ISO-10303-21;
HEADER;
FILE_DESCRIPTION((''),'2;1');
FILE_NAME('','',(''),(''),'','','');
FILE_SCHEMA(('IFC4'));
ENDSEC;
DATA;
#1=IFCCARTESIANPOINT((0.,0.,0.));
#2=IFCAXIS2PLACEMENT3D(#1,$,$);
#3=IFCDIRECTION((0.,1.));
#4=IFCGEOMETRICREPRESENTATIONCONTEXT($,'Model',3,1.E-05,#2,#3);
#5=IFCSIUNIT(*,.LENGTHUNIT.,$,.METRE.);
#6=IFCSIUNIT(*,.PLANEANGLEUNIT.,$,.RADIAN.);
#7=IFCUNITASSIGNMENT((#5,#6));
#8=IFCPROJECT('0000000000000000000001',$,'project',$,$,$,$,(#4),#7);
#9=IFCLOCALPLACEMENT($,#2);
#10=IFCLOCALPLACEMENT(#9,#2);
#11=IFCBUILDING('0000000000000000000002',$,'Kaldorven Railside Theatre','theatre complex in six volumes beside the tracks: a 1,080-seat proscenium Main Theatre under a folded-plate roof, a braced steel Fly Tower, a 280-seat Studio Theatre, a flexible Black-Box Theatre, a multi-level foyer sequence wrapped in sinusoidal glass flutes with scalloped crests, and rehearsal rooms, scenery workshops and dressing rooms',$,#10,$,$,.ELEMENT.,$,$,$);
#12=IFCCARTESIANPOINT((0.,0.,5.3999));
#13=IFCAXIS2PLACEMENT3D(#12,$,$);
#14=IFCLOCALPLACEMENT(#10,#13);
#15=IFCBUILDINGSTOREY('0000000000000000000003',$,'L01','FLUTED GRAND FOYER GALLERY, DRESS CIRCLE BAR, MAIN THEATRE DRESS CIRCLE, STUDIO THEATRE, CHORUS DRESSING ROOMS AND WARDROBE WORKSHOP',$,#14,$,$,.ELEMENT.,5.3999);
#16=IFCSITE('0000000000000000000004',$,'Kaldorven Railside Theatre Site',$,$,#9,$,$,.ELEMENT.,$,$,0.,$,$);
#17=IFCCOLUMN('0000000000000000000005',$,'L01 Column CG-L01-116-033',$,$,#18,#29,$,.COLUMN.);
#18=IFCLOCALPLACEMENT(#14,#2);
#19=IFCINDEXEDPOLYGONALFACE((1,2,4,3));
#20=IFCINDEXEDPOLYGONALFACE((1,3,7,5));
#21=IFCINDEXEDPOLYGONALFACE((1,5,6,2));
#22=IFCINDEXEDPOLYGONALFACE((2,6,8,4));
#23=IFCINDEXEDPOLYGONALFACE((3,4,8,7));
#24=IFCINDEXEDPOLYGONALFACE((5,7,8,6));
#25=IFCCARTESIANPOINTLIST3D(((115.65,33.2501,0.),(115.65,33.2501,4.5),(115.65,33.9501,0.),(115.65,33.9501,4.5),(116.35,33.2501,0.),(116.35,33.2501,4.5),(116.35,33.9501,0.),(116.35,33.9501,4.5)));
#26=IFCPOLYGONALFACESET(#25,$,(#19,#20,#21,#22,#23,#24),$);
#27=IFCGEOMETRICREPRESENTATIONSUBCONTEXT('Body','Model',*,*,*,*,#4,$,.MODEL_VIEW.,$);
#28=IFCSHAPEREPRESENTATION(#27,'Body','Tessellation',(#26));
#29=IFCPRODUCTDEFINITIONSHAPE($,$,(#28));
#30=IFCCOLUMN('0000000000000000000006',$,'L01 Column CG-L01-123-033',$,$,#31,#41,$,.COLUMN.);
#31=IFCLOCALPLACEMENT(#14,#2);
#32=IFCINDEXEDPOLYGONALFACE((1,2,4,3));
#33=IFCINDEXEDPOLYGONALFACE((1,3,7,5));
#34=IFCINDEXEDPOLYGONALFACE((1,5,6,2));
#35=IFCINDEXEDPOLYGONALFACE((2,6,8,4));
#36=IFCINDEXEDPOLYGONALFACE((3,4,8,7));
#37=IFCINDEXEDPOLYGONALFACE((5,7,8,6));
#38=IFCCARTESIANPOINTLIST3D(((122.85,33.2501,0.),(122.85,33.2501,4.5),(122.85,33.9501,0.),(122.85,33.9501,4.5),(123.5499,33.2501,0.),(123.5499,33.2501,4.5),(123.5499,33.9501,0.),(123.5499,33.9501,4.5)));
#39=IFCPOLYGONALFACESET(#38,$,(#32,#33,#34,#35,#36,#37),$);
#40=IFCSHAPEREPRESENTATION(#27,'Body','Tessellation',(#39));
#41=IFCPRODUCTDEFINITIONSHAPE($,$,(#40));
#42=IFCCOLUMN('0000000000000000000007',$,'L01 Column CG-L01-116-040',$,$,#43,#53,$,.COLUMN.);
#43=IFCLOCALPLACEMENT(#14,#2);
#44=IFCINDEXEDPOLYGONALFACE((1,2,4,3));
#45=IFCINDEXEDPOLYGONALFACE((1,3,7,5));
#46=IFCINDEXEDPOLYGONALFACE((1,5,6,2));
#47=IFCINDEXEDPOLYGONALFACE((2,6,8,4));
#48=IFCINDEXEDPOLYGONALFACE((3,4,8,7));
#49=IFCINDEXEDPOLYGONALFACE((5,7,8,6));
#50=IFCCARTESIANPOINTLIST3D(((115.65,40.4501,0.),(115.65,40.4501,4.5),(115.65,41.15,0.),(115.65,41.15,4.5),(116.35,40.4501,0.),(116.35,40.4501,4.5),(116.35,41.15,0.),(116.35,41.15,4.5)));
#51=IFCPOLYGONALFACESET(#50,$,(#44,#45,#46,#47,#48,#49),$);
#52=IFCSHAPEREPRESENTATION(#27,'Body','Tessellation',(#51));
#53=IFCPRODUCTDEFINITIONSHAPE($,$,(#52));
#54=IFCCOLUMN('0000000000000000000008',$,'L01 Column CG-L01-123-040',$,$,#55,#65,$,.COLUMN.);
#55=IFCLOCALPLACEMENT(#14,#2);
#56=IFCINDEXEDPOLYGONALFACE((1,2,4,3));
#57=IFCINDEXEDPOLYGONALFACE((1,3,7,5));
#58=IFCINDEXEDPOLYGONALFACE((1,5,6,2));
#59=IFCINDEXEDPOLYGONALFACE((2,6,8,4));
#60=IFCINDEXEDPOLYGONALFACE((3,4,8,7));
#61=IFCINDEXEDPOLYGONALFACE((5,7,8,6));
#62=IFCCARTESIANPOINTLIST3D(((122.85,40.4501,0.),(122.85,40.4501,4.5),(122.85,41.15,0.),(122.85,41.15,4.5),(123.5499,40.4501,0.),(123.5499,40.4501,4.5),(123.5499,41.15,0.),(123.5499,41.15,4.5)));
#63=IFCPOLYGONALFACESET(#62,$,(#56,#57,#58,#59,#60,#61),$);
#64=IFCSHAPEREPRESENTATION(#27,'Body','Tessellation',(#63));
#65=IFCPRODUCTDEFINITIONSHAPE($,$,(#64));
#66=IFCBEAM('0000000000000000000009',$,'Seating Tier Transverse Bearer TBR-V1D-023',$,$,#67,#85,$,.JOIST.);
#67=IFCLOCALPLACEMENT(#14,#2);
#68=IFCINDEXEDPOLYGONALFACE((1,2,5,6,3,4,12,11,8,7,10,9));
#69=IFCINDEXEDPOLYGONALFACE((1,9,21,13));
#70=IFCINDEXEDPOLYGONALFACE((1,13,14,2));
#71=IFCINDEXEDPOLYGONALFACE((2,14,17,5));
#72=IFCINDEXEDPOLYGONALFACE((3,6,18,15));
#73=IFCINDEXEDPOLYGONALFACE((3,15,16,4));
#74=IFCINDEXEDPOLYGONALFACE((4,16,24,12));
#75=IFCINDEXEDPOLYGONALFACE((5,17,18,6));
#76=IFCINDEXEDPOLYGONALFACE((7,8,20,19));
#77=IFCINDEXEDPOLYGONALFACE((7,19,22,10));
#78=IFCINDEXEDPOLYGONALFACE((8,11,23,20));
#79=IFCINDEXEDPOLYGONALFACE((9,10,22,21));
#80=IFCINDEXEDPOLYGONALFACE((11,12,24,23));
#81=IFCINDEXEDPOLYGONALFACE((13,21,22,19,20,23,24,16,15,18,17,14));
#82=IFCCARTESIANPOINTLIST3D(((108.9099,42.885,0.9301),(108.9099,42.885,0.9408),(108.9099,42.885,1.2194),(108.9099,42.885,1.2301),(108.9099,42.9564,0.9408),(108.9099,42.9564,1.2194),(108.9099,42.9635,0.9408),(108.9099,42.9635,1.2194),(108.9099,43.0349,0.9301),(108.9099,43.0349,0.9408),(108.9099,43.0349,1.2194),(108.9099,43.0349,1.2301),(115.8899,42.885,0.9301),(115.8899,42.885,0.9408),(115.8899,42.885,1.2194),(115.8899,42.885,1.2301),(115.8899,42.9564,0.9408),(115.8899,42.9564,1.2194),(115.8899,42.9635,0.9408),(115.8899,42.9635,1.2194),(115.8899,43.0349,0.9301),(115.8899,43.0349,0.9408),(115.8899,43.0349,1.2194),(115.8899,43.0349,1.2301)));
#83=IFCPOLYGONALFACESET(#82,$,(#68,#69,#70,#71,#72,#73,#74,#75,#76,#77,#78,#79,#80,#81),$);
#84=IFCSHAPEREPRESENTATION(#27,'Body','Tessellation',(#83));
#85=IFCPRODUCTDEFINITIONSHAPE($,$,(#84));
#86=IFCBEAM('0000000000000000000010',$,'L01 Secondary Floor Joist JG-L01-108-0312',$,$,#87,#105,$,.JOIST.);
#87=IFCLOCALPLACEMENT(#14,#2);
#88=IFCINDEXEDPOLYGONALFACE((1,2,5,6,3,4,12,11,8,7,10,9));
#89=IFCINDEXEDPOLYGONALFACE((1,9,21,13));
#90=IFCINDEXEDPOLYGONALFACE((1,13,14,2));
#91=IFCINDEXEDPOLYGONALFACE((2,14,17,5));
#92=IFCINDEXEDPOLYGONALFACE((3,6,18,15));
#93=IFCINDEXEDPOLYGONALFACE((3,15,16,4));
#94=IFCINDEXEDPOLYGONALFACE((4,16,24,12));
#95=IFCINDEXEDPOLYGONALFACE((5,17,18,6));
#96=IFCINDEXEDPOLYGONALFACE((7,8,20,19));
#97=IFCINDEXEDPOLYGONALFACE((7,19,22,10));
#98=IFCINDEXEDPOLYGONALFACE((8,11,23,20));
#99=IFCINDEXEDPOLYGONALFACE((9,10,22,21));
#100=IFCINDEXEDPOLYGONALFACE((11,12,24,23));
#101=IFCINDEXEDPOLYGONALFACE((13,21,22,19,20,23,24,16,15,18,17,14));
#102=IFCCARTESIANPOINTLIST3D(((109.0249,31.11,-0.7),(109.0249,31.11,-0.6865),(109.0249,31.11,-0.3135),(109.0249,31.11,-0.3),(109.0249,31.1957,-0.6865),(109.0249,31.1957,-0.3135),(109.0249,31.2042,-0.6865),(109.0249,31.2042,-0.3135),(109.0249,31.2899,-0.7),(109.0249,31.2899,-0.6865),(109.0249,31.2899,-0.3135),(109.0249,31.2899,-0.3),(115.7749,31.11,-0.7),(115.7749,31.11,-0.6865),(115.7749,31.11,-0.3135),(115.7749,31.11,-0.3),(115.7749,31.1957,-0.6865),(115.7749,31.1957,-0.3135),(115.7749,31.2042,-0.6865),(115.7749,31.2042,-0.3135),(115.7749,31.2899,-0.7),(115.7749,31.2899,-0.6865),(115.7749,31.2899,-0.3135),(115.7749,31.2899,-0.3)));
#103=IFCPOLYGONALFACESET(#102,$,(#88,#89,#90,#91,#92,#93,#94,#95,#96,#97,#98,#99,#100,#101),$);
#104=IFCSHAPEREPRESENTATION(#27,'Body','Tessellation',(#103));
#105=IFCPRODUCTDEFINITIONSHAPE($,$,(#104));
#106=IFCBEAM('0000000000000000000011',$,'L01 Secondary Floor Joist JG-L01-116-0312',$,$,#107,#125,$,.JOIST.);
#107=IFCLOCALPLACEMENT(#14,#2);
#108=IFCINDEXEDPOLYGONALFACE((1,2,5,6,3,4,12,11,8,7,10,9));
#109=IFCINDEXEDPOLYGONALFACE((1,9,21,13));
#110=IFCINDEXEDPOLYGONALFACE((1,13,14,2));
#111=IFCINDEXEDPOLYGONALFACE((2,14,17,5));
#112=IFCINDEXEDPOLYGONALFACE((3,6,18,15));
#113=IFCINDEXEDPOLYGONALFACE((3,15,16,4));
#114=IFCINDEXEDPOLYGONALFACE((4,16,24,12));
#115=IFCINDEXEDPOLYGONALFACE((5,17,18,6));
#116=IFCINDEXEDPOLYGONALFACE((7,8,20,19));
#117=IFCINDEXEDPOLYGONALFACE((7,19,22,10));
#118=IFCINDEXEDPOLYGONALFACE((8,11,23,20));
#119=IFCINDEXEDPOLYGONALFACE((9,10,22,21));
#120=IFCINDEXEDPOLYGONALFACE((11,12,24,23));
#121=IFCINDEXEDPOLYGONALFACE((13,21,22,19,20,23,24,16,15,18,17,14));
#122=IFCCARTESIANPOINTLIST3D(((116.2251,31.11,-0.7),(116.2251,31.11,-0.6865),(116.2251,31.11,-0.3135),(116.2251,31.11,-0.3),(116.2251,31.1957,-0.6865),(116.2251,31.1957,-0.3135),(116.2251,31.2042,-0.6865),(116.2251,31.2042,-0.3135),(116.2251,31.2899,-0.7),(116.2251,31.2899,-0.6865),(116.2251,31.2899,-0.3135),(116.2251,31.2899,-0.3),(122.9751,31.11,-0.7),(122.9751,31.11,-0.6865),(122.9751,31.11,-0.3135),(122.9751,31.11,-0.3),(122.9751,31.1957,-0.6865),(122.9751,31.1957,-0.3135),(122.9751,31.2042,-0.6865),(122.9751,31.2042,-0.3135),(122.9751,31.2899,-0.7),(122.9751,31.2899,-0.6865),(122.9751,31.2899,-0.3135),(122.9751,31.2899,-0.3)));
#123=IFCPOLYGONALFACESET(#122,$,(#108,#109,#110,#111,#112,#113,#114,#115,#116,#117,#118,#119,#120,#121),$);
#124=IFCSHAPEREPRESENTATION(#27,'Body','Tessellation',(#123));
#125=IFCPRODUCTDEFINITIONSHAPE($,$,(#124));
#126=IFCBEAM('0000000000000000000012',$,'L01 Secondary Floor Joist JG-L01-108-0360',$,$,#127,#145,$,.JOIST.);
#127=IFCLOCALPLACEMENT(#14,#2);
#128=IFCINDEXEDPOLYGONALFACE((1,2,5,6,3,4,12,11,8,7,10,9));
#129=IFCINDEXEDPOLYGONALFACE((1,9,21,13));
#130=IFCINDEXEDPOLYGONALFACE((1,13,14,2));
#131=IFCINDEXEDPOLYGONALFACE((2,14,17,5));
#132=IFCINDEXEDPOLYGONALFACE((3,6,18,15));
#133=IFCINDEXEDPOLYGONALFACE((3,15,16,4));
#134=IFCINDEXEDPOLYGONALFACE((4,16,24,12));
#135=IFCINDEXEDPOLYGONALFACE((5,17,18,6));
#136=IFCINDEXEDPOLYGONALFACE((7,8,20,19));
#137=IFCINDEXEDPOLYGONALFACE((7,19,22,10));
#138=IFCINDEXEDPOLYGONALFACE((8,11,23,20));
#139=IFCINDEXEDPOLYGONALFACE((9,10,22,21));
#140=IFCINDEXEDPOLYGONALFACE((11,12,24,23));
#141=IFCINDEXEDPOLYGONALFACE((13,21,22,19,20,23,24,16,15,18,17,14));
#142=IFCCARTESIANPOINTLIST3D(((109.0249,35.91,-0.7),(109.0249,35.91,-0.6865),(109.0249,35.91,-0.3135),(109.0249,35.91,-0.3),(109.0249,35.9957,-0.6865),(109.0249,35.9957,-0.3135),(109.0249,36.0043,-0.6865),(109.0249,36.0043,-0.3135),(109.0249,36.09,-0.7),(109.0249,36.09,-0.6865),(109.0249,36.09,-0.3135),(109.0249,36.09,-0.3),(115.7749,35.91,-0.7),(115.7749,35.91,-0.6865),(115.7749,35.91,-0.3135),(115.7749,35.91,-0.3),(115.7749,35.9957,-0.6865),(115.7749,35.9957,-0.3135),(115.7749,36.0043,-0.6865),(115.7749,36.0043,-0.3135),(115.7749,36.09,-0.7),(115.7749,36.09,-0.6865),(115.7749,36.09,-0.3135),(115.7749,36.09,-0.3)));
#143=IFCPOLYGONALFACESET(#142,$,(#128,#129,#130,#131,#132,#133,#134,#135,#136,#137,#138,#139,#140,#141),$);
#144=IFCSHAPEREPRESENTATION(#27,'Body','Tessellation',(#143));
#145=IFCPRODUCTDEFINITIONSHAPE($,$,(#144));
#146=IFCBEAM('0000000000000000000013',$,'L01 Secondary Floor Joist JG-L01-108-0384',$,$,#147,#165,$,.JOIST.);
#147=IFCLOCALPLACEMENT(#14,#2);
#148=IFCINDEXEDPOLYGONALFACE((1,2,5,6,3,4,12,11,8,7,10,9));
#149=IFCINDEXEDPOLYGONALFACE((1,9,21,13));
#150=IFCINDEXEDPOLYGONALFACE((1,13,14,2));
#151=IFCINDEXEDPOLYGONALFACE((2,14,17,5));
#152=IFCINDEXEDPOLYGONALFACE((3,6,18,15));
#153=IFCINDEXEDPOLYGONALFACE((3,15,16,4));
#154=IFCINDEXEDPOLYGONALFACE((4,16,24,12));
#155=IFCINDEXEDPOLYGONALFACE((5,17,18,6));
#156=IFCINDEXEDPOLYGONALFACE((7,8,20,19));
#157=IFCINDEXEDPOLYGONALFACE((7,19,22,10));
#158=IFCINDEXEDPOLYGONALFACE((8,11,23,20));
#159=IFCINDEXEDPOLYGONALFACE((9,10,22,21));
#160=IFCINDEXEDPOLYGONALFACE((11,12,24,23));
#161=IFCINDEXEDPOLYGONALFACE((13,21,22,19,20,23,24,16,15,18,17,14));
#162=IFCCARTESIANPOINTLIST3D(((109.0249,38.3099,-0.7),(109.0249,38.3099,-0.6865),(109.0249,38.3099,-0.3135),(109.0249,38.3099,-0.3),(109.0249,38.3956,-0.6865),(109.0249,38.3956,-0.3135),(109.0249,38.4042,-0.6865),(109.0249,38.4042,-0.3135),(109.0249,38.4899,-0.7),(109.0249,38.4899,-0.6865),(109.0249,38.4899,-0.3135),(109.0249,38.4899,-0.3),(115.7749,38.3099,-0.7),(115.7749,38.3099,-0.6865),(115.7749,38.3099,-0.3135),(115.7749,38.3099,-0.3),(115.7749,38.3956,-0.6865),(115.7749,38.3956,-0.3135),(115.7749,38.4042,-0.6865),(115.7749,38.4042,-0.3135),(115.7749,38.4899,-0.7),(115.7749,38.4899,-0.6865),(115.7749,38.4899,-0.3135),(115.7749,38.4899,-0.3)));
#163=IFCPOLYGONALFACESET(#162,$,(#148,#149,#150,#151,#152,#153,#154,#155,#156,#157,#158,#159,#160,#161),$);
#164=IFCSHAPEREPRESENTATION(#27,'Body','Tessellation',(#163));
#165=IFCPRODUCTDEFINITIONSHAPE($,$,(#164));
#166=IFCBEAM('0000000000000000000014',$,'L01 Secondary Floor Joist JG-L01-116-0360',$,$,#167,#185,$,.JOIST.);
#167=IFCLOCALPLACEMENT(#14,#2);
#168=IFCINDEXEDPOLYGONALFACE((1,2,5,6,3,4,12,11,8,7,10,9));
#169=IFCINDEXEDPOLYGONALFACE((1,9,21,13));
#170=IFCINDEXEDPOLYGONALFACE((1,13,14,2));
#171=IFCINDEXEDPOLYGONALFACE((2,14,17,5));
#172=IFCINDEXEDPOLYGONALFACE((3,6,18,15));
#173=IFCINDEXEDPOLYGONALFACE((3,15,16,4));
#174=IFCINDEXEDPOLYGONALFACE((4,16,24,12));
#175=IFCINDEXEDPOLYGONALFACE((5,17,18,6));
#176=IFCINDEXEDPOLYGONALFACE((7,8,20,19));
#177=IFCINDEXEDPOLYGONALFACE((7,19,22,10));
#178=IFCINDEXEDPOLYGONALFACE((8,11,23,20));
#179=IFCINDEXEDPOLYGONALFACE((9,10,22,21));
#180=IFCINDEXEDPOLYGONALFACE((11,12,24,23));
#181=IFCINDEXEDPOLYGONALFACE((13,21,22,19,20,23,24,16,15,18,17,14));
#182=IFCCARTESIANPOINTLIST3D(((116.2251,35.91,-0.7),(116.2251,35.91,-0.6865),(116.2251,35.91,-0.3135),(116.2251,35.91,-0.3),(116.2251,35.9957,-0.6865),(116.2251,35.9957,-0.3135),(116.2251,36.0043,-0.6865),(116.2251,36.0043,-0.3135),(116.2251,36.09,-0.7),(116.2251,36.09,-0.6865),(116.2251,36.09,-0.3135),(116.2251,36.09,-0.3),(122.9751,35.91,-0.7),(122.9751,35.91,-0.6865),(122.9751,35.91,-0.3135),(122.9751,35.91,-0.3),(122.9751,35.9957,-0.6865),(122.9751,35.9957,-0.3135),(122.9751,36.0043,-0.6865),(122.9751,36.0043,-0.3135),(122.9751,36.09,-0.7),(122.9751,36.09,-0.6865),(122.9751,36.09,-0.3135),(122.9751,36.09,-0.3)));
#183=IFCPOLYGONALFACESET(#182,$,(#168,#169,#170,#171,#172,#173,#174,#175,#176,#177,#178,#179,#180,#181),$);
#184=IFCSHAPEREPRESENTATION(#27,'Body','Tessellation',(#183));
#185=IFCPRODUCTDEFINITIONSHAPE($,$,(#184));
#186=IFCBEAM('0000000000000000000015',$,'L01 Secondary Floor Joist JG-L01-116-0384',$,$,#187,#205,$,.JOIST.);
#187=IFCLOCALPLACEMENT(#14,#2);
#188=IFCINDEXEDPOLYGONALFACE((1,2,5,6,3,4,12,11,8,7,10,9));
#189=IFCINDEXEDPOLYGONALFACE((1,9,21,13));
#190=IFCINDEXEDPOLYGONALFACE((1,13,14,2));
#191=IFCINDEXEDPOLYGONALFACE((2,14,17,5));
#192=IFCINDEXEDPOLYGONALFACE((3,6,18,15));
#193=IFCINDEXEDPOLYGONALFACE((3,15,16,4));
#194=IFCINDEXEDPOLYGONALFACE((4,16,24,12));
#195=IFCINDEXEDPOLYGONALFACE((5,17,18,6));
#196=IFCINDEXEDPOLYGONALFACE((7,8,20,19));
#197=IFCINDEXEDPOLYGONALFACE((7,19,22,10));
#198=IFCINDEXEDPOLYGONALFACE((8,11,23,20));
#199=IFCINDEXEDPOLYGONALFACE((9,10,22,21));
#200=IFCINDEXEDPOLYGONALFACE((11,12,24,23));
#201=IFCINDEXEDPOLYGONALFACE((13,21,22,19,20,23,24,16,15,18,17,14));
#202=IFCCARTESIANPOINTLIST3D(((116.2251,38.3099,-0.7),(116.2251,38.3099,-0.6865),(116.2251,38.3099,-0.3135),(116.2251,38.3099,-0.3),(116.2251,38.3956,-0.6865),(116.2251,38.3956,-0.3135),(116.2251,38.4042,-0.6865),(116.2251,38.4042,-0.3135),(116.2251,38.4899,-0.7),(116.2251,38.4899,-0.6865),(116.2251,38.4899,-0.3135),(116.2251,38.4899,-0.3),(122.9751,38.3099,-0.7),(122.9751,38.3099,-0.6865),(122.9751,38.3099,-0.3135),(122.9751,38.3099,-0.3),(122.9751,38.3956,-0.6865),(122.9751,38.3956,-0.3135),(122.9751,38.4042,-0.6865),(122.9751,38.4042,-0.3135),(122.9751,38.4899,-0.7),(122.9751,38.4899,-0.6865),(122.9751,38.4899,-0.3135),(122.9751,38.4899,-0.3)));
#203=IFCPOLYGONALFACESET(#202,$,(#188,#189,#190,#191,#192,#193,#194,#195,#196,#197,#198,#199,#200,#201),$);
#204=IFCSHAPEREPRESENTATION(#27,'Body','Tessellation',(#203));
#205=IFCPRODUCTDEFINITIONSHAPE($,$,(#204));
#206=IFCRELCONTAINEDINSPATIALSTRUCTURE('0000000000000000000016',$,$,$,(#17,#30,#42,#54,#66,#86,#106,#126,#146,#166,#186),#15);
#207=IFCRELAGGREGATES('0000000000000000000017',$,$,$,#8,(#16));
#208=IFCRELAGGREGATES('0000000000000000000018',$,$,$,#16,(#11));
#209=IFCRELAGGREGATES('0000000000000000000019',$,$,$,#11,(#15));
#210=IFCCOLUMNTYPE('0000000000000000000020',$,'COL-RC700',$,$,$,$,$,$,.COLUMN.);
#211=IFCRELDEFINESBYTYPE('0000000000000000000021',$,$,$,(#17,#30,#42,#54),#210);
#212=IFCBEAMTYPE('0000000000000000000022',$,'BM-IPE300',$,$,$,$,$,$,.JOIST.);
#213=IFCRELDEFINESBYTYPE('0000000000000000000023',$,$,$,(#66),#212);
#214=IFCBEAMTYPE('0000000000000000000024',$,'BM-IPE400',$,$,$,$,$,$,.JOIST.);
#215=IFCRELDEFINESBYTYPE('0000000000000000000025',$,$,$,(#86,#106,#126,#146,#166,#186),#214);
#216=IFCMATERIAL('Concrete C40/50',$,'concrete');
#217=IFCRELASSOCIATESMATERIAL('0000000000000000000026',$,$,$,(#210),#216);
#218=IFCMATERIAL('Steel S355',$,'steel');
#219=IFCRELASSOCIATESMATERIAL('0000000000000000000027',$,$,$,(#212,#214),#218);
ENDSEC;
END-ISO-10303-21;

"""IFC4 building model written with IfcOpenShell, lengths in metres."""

from ifc_helpers import new_model, si_unit, direction, frame, origin, origin_2d, place, context, subcontext, project, spatial, rectangle, i_section, extrude, material, material_profile, profile_set, type_object, element, save


model = new_model("IFC4")

# Units and contexts
model_context = context("Model", 3, precision=1e-05, world=origin(), true_north=direction((0.0, 1.0)))
body_context = subcontext(model_context, "Body", "Model", "MODEL_VIEW")
ifc_project = project(units=[si_unit("LENGTHUNIT", "METRE"), si_unit("PLANEANGLEUNIT", "RADIAN")], contexts=[model_context])

# Site, building, storey
site_placement = place(None, origin())
site = spatial("IfcSite", under=ifc_project, at=site_placement, Name="Kaldorven Railside Theatre Site", CompositionType="ELEMENT", RefElevation=0.0)
building_placement = place(site_placement, origin())
building = spatial("IfcBuilding", under=site, at=building_placement, Name="Kaldorven Railside Theatre", Description="theatre complex in six volumes beside the tracks: a 1,080-seat proscenium Main Theatre under a folded-plate roof, a braced steel Fly Tower, a 280-seat Studio Theatre, a flexible Black-Box Theatre, a multi-level foyer sequence wrapped in sinusoidal glass flutes with scalloped crests, and rehearsal rooms, scenery workshops and dressing rooms", CompositionType="ELEMENT")
storey_placement = place(building_placement, frame((0.0, 0.0, 5.3999)))
storey = spatial("IfcBuildingStorey", under=building, at=storey_placement, Name="L01", Description="FLUTED GRAND FOYER GALLERY, DRESS CIRCLE BAR, MAIN THEATRE DRESS CIRCLE, STUDIO THEATRE, CHORUS DRESSING ROOMS AND WARDROBE WORKSHOP", CompositionType="ELEMENT", Elevation=5.3999)

# Columns
ifc_material_1 = material(Name="Concrete C40/50", Category="concrete")
ifc_material_profile_1 = material_profile(ifc_material_1, rectangle(XDim=0.7, YDim=0.7, at=origin_2d()), Name="RC 700x700")
ifc_profile_set_1 = profile_set([ifc_material_profile_1], Name="Concrete C40/50")
column_type = type_object("IfcColumnType", Name="COL-RC700", PredefinedType="COLUMN", material=ifc_profile_set_1)
for number, where, z_axis, x_axis, name in (
    (1, (116.0, 33.6001, 0.0), (0.0, 0.0, 1.0), (0.0, 1.0, 0.0), "L01 Column CG-L01-116-033"),
    (2, (123.2, 33.6001, 0.0), (0.0, 0.0, 1.0), (1.0, 0.0, 0.0), "L01 Column CG-L01-123-033"),
    (3, (116.0, 40.8, 0.0), (0.0, 0.0, 1.0), (1.0, 0.0, 0.0), "L01 Column CG-L01-116-040"),
    (4, (123.2, 40.8, 0.0), (0.0, 0.0, 1.0), (1.0, 0.0, 0.0), "L01 Column CG-L01-123-040"),
):
    element("IfcColumn", number, at=place(storey_placement, frame(where, z_axis=z_axis, x_axis=x_axis)), inside=storey, type_object=column_type, Name=name, PredefinedType="COLUMN", context=body_context, shape_type="SweptSolid", body=[
        extrude(rectangle(XDim=0.7, YDim=0.7, at=origin_2d()), origin(), (0.0, 0.0, 1.0), 4.5),
    ])

# Beams
ifc_material_2 = material(Name="Steel S355", Category="steel")
ifc_material_profile_2 = material_profile(ifc_material_2, i_section(OverallWidth=0.1499, OverallDepth=0.3, WebThickness=0.0071, FlangeThickness=0.0107, at=origin_2d()), Name="IPE 300")
ifc_profile_set_2 = profile_set([ifc_material_profile_2], Name="Steel S355")
beam_type_1 = type_object("IfcBeamType", Name="BM-IPE300", PredefinedType="JOIST", material=ifc_profile_set_2)
beam_1_placement = place(storey_placement, frame((108.9099, 42.96, 1.0801), z_axis=(1.0, 0.0, 0.0), x_axis=(0.0, 1.0, 0.0)))
element("IfcBeam", 5, at=beam_1_placement, inside=storey, type_object=beam_type_1, Name="Seating Tier Transverse Bearer TBR-V1D-023", PredefinedType="JOIST", context=body_context, shape_type="SweptSolid", body=[
    extrude(i_section(OverallWidth=0.1499, OverallDepth=0.3, WebThickness=0.0071, FlangeThickness=0.0107, at=origin_2d()), origin(), (0.0, 0.0, 1.0), 6.98),
])
ifc_material_profile_3 = material_profile(ifc_material_2, i_section(OverallWidth=0.1799, OverallDepth=0.3999, WebThickness=0.0085, FlangeThickness=0.0134, at=origin_2d()), Name="IPE 400")
ifc_profile_set_3 = profile_set([ifc_material_profile_3], Name="Steel S355")
beam_type_2 = type_object("IfcBeamType", Name="BM-IPE400", PredefinedType="JOIST", material=ifc_profile_set_3)
for number, where, z_axis, x_axis, name in (
    (6, (109.0249, 31.2, -0.5), (1.0, 0.0, 0.0), (0.0, 1.0, 0.0), "L01 Secondary Floor Joist JG-L01-108-0312"),
    (7, (116.2251, 31.2, -0.5), (1.0, 0.0, 0.0), (0.0, 1.0, 0.0), "L01 Secondary Floor Joist JG-L01-116-0312"),
    (8, (109.0249, 36.0, -0.5), (1.0, 0.0, 0.0), (0.0, 1.0, 0.0), "L01 Secondary Floor Joist JG-L01-108-0360"),
    (9, (109.0249, 38.3999, -0.5), (1.0, 0.0, 0.0), (0.0, 1.0, 0.0), "L01 Secondary Floor Joist JG-L01-108-0384"),
    (10, (116.2251, 36.0, -0.5), (1.0, 0.0, 0.0), (0.0, 1.0, 0.0), "L01 Secondary Floor Joist JG-L01-116-0360"),
    (11, (116.2251, 38.3999, -0.5), (1.0, 0.0, 0.0), (0.0, 1.0, 0.0), "L01 Secondary Floor Joist JG-L01-116-0384"),
):
    element("IfcBeam", number, at=place(storey_placement, frame(where, z_axis=z_axis, x_axis=x_axis)), inside=storey, type_object=beam_type_2, Name=name, PredefinedType="JOIST", context=body_context, shape_type="SweptSolid", body=[
        extrude(i_section(OverallWidth=0.1799, OverallDepth=0.3999, WebThickness=0.0085, FlangeThickness=0.0134, at=origin_2d()), origin(), (0.0, 0.0, 1.0), 6.75),
    ])

save(model, "model.ifc")
